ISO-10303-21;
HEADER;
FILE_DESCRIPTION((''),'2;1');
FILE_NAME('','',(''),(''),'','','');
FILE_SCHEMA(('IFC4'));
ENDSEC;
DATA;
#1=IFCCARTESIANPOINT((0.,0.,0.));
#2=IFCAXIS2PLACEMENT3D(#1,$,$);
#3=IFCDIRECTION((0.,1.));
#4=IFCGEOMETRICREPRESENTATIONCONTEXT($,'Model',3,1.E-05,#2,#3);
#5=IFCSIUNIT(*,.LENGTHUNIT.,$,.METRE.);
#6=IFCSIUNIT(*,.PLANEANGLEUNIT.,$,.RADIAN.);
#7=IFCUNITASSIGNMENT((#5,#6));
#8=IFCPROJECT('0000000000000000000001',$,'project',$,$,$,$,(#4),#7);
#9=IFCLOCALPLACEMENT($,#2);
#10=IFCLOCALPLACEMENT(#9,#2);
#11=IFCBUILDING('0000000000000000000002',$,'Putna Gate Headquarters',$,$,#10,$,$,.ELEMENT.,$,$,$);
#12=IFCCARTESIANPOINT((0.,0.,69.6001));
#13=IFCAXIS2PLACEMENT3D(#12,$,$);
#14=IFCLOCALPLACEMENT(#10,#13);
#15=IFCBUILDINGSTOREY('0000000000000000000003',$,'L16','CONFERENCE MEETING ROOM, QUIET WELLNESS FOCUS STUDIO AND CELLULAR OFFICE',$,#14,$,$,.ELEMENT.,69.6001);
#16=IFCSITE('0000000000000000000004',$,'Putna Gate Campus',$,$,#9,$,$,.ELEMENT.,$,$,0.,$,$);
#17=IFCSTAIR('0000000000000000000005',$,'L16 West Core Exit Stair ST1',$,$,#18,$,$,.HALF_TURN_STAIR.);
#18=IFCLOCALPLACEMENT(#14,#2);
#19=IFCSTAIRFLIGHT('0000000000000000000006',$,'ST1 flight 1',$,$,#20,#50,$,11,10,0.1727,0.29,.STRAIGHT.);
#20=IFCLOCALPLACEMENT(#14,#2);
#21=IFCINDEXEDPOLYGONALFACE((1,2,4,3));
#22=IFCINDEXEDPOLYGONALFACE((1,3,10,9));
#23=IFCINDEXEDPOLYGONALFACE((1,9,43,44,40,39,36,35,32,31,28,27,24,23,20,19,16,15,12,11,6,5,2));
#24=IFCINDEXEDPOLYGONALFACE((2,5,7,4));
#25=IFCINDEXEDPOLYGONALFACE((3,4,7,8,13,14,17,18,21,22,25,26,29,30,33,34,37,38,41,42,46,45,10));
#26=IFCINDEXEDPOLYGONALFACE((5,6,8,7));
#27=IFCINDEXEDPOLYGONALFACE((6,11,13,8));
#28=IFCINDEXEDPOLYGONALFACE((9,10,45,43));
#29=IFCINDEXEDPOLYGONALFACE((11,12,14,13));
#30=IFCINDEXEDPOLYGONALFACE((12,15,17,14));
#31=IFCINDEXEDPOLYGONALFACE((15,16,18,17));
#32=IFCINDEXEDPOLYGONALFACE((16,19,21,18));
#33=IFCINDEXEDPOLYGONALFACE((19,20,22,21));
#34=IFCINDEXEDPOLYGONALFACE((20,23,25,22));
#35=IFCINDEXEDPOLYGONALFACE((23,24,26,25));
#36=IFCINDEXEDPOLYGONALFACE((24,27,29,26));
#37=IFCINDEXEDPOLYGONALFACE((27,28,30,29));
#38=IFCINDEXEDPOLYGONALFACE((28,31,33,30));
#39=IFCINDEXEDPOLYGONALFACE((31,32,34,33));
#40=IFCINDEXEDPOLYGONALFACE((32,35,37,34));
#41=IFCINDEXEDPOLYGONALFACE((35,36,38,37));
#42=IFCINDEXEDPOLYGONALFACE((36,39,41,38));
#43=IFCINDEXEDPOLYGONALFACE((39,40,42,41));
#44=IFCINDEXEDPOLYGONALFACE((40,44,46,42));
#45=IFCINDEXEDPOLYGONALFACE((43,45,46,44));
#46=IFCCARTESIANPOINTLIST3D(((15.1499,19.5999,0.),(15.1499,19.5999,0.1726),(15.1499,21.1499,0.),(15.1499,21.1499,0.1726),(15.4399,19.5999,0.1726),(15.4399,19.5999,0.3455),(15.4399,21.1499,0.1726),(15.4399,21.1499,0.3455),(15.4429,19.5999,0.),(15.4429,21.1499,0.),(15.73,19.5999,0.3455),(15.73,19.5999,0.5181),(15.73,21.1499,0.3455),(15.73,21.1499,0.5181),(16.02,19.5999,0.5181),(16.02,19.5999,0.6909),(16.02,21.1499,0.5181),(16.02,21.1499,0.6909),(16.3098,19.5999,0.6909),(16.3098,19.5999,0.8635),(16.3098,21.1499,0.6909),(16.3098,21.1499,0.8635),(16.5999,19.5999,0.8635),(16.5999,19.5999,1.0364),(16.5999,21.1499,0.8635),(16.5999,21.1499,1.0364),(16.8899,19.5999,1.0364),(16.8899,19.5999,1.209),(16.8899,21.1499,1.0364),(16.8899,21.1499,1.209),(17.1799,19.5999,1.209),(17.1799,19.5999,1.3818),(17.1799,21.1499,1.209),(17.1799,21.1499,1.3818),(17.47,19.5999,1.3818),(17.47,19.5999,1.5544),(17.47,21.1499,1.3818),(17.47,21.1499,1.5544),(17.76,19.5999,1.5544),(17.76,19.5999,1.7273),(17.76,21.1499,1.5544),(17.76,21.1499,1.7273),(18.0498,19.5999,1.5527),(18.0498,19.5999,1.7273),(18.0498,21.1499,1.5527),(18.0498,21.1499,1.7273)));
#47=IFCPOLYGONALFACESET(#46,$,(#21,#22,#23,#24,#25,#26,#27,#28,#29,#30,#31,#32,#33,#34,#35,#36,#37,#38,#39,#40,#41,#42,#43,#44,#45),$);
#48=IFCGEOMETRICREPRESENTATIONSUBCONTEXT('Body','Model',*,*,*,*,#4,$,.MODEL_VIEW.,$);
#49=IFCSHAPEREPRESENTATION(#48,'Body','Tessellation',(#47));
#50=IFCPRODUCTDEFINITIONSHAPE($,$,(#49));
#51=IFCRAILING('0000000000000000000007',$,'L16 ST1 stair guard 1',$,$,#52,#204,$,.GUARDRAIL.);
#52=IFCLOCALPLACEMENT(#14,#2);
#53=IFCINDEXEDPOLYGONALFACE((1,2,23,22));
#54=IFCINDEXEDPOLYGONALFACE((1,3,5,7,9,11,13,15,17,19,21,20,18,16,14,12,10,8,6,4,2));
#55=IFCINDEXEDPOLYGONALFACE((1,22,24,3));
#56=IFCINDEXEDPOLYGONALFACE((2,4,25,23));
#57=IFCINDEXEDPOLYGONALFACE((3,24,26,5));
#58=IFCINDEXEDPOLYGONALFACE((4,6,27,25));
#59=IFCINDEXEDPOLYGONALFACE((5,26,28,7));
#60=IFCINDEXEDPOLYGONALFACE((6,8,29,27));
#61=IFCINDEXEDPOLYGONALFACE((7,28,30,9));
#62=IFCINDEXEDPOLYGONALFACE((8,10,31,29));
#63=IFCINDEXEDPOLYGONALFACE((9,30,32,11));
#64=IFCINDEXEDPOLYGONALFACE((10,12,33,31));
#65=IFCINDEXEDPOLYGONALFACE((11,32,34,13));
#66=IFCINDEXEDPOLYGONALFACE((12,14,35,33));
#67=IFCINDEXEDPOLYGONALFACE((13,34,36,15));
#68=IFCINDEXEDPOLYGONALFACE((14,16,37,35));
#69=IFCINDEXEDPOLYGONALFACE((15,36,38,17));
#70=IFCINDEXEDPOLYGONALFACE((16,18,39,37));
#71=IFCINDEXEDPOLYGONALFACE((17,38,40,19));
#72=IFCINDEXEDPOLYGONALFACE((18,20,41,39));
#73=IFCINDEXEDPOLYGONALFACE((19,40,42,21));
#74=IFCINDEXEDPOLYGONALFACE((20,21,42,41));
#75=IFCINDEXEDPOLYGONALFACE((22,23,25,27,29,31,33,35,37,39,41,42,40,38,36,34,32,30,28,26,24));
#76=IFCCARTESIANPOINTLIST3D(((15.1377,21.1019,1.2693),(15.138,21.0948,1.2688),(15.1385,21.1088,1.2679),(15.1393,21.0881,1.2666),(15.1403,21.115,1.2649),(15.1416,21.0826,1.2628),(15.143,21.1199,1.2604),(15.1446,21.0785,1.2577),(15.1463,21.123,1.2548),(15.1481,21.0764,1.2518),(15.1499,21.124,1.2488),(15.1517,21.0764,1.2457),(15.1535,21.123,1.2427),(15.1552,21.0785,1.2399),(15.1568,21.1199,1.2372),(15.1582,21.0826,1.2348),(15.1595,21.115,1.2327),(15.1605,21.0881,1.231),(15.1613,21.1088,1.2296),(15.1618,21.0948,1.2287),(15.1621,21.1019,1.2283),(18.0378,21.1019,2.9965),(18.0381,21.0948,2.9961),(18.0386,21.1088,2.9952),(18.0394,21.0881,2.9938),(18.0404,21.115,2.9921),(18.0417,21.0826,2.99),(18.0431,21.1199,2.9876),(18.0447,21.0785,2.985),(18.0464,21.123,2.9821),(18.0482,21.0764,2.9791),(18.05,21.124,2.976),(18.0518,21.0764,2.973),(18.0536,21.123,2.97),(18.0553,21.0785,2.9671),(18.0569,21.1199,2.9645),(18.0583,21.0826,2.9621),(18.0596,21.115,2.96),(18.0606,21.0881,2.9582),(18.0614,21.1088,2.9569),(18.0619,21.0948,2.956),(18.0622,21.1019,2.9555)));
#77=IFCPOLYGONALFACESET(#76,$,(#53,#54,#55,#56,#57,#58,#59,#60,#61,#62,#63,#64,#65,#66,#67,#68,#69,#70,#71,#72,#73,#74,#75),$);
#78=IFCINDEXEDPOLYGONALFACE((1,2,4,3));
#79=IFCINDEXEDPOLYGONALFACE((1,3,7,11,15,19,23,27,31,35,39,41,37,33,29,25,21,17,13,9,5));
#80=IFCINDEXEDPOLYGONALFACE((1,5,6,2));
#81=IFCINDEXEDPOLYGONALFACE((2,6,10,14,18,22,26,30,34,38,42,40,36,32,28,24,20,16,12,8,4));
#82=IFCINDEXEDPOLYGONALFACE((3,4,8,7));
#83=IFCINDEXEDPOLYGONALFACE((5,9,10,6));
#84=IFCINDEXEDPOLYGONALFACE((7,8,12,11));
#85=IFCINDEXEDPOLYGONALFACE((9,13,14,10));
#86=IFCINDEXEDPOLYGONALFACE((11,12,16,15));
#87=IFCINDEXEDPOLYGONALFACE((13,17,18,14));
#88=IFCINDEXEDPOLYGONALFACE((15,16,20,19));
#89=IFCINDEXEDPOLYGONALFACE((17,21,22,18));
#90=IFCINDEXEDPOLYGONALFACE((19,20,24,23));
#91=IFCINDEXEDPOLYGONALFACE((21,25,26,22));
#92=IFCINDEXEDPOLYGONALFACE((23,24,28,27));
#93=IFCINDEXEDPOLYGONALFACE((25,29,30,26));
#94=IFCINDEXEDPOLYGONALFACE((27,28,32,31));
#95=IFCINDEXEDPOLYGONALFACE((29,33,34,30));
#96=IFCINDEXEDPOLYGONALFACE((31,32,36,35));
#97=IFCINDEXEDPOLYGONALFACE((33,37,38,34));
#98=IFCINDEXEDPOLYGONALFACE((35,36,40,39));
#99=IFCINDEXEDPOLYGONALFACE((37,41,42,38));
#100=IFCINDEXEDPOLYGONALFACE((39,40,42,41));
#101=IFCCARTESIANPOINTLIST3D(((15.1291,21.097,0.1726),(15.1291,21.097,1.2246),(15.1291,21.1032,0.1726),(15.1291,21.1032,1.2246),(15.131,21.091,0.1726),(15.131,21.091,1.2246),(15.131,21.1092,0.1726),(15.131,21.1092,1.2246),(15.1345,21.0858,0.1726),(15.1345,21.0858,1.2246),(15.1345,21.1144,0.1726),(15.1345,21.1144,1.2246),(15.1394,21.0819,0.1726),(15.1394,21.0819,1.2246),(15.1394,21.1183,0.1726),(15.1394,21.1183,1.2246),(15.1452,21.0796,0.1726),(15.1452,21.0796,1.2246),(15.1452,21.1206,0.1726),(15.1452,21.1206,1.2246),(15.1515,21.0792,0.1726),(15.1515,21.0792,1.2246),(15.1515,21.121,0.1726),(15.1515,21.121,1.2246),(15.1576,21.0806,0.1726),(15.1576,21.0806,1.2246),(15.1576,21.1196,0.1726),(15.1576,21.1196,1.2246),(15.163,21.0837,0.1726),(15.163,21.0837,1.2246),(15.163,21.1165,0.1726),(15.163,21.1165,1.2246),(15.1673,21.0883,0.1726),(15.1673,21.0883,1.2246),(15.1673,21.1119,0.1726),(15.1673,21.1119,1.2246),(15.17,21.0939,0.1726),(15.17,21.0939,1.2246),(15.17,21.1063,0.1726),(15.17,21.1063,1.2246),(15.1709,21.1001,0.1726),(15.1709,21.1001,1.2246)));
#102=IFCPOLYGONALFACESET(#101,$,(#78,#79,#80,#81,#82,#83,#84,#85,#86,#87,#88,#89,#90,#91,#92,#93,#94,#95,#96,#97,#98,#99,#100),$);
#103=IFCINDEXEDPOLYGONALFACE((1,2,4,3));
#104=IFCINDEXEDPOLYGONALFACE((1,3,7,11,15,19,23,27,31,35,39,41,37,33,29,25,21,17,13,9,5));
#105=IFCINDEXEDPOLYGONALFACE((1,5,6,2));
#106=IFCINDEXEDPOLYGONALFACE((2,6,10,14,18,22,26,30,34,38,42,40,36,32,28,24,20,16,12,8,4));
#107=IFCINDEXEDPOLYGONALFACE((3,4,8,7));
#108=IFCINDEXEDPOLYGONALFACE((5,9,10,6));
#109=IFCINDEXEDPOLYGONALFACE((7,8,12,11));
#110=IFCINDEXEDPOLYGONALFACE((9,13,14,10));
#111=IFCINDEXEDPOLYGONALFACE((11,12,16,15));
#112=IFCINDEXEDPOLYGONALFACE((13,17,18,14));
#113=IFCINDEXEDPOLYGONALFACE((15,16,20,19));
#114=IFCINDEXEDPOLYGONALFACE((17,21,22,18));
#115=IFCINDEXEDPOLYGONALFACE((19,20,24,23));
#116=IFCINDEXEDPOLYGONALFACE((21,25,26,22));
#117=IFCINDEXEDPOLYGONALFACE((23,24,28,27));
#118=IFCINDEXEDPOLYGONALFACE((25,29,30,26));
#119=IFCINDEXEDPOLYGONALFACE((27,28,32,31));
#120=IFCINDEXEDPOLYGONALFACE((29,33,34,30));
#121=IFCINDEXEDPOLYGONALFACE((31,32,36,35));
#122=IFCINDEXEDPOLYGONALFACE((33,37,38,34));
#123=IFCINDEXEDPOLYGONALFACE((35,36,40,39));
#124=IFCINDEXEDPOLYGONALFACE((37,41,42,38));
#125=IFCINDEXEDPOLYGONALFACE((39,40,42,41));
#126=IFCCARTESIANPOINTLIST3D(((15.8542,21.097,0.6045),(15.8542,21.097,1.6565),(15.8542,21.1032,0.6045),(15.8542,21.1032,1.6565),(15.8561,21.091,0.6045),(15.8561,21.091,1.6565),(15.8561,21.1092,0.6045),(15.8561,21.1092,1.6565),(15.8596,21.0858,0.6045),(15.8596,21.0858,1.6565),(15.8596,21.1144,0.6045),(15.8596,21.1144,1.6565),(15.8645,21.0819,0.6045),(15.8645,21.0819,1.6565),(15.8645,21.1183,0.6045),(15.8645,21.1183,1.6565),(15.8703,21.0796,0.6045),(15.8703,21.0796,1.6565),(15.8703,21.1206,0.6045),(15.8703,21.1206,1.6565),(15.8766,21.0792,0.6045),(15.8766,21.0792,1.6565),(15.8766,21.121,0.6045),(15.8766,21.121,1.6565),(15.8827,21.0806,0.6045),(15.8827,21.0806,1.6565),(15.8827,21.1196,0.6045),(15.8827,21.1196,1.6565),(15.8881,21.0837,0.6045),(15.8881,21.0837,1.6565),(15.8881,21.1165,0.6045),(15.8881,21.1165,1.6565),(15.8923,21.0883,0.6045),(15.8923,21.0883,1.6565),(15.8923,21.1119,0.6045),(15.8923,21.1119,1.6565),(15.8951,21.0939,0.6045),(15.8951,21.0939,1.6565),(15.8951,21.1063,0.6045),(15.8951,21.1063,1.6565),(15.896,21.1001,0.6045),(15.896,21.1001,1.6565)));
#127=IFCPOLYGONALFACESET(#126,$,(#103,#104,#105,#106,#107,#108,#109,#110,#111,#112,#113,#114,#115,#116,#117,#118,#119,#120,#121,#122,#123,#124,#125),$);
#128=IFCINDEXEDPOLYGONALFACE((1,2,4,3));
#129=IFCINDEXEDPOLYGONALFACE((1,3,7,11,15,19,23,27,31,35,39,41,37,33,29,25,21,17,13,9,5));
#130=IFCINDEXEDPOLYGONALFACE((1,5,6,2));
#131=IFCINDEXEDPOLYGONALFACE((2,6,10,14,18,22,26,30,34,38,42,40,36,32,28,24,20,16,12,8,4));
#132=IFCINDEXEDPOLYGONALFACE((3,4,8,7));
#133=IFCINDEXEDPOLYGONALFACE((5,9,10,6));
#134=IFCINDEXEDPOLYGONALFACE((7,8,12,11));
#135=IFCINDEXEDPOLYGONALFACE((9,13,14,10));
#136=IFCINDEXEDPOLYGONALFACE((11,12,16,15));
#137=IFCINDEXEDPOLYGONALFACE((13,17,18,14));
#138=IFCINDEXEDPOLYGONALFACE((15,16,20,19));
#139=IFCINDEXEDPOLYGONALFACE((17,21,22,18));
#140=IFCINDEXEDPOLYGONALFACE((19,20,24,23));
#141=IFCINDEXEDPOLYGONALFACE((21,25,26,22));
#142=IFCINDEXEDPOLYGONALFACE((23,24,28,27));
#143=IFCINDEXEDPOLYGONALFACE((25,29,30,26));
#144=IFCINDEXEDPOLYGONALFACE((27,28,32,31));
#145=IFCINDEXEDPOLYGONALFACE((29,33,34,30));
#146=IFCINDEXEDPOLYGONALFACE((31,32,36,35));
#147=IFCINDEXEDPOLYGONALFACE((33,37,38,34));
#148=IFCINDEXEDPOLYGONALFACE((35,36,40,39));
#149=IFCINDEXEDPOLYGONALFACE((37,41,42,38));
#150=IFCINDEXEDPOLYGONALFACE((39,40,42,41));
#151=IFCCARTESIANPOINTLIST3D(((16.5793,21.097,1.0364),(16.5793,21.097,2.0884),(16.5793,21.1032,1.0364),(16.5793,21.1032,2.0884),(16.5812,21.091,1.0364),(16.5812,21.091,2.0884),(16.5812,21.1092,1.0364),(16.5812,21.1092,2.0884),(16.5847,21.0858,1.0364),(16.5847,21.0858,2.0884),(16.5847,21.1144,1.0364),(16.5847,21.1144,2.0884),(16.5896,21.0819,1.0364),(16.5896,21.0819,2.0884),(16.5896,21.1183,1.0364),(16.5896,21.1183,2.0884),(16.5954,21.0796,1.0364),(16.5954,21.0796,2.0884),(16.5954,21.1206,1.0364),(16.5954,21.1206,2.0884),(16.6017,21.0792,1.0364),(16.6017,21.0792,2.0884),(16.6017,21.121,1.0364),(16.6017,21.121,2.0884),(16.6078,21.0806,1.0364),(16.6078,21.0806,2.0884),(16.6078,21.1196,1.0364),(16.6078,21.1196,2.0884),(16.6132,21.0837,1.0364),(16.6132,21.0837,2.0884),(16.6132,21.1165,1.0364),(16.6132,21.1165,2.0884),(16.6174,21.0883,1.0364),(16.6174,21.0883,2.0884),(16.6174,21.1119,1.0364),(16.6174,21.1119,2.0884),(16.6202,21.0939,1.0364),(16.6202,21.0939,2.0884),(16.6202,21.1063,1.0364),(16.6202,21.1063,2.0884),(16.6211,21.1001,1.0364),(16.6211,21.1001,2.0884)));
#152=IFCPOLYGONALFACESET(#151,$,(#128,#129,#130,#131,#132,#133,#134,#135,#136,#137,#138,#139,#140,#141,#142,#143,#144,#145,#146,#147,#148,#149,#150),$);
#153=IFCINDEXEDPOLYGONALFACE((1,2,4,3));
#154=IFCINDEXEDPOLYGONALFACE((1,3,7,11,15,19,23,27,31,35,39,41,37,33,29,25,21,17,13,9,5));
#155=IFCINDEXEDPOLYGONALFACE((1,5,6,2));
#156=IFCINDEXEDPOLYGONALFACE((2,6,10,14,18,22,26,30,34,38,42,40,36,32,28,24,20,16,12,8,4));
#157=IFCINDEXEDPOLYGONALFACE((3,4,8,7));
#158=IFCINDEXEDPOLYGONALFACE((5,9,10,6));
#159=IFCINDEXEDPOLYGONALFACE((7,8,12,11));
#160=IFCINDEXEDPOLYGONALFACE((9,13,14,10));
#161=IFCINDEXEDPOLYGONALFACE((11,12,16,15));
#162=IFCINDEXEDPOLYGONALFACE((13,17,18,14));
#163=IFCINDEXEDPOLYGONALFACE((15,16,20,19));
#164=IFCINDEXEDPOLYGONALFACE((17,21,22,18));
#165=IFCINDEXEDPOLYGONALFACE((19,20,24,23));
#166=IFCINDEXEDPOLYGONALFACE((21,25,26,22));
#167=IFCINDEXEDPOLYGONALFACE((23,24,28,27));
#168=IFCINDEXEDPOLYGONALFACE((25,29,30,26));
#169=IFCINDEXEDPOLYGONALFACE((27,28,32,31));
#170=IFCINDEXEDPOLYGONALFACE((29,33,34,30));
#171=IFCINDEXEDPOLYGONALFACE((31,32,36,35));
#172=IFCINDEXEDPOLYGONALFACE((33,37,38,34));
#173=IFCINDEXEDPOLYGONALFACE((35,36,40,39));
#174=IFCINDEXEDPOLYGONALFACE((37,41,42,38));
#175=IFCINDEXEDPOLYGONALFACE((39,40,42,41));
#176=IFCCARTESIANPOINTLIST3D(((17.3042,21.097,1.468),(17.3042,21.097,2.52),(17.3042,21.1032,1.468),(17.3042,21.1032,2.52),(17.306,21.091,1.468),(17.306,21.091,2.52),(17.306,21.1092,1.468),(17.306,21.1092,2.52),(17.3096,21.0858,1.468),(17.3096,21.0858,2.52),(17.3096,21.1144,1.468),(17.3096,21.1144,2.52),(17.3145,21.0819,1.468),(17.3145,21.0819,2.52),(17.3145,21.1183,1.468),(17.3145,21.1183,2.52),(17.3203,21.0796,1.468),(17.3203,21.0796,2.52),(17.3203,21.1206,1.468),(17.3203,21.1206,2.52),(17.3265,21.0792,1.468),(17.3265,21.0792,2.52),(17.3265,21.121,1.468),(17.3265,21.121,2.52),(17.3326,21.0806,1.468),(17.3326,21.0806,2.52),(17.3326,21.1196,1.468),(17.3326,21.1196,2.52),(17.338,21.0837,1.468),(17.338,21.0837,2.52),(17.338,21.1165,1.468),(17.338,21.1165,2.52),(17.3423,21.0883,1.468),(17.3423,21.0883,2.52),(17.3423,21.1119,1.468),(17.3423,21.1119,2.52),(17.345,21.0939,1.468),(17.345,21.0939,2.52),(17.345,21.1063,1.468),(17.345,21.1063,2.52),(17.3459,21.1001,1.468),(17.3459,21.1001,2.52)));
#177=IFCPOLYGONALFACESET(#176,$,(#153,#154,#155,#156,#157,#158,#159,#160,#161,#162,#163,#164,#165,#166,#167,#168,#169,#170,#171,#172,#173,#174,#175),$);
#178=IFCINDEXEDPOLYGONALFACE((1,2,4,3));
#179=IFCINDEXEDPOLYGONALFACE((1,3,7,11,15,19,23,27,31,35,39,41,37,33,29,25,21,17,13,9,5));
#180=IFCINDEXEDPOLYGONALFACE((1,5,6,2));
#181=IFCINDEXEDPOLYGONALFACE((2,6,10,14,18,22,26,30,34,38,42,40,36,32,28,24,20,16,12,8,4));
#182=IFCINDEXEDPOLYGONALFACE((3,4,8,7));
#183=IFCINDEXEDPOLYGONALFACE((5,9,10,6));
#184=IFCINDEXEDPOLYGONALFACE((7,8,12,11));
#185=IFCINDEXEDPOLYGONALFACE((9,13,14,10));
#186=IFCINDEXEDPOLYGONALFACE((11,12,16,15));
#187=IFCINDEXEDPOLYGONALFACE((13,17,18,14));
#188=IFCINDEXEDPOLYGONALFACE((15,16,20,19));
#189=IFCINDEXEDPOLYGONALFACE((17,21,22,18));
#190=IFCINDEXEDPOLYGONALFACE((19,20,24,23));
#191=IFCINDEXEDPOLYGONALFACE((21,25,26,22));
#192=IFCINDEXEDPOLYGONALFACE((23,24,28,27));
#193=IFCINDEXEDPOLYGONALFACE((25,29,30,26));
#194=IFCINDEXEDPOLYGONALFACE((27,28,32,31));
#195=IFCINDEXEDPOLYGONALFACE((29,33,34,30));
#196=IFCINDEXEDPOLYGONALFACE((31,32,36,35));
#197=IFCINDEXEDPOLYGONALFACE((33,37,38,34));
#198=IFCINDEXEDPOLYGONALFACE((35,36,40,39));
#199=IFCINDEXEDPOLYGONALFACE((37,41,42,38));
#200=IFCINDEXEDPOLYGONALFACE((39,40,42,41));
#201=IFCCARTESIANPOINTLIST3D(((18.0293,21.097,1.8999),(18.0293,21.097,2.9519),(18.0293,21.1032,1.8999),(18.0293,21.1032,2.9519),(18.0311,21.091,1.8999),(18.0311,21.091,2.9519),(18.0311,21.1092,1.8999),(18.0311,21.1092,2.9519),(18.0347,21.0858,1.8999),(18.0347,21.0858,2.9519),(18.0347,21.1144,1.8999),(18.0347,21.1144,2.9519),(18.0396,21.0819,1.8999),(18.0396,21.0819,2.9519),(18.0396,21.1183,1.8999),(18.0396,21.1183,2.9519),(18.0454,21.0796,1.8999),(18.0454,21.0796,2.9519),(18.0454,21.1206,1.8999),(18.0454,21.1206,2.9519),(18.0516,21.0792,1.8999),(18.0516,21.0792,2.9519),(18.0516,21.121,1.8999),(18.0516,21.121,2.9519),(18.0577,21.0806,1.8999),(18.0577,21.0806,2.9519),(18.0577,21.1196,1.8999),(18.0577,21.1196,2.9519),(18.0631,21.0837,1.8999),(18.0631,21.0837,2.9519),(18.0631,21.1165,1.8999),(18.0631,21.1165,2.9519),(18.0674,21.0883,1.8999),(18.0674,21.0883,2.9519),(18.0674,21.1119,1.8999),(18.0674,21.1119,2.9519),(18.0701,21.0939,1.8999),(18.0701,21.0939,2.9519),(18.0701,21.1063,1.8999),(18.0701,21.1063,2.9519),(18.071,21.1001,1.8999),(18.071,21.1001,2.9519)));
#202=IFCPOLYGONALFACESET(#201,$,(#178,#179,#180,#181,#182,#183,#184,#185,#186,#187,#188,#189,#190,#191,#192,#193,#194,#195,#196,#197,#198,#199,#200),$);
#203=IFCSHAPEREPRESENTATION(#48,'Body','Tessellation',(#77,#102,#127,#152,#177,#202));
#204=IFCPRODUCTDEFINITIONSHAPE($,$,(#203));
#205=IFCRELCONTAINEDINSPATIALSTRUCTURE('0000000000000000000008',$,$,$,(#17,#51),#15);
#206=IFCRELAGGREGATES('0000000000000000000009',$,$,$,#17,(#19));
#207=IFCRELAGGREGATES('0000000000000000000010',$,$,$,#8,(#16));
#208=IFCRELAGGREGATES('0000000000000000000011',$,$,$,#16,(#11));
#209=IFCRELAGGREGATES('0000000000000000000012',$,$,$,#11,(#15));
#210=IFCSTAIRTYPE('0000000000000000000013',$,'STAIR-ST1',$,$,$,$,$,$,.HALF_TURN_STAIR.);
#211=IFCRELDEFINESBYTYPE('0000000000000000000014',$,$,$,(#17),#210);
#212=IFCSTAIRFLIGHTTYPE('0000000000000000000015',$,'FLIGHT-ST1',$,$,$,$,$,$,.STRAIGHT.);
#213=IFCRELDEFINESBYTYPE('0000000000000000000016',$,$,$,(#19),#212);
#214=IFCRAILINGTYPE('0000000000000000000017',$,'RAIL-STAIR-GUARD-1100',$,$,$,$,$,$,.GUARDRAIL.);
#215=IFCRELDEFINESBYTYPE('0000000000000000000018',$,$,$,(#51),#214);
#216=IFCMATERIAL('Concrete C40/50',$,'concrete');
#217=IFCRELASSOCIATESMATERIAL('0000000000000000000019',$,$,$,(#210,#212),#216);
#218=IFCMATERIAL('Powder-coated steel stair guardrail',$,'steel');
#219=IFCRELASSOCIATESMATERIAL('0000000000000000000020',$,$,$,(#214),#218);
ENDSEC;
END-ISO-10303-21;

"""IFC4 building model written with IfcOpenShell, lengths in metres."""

from ifc_helpers import new_model, si_unit, direction, frame, origin, origin_2d, place, context, subcontext, project, spatial, polyline, circle, outline, extrude, material, type_object, element, aggregate, save


model = new_model("IFC4")

# Units and contexts
model_context = context("Model", 3, precision=1e-05, world=origin(), true_north=direction((0.0, 1.0)))
body_context = subcontext(model_context, "Body", "Model", "MODEL_VIEW")
ifc_project = project(units=[si_unit("LENGTHUNIT", "METRE"), si_unit("PLANEANGLEUNIT", "RADIAN")], contexts=[model_context])

# Site, building, storey
site_placement = place(None, origin())
site = spatial("IfcSite", under=ifc_project, at=site_placement, Name="Putna Gate Campus", CompositionType="ELEMENT", RefElevation=0.0)
building_placement = place(site_placement, origin())
building = spatial("IfcBuilding", under=site, at=building_placement, Name="Putna Gate Headquarters", CompositionType="ELEMENT")
storey_placement = place(building_placement, frame((0.0, 0.0, 69.6001)))
storey = spatial("IfcBuildingStorey", under=building, at=storey_placement, Name="L16", Description="CONFERENCE MEETING ROOM, QUIET WELLNESS FOCUS STUDIO AND CELLULAR OFFICE", CompositionType="ELEMENT", Elevation=69.6001)

# Shared definitions
ifc_material_1 = material(Name="Concrete C40/50", Category="concrete")

# Stair, stair flight
stair_type = type_object("IfcStairType", Name="STAIR-ST1", PredefinedType="HALF_TURN_STAIR", material=ifc_material_1)
stair_placement = place(storey_placement, origin())
stair = element("IfcStair", 1, at=stair_placement, inside=storey, type_object=stair_type, Name="L16 West Core Exit Stair ST1", PredefinedType="HALF_TURN_STAIR")
stair_flight_type = type_object("IfcStairFlightType", Name="FLIGHT-ST1", PredefinedType="STRAIGHT", material=ifc_material_1)
stair_flight_placement = place(storey_placement, frame((15.1499, 20.375, 0.0), z_axis=(0.0, 0.0, 1.0), x_axis=(1.0, 0.0, 0.0)))
stair_flight = element("IfcStairFlight", 2, at=stair_flight_placement, type_object=stair_flight_type, Name="ST1 flight 1", NumberOfRisers=11, NumberOfTreads=10, PredefinedType="STRAIGHT", RiserHeight=0.1727, TreadLength=0.29, context=body_context, shape_type="SweptSolid", body=[
    extrude(outline(polyline([(0.0, 0.0), (0.0, 0.1726), (0.29, 0.1726), (0.29, 0.3455), (0.5801, 0.3455), (0.5801, 0.5181), (0.8701, 0.5181), (0.8701, 0.6909), (1.1599, 0.6909), (1.1599, 0.8635), (1.45, 0.8635), (1.45, 1.0364), (1.74, 1.0364), (1.74, 1.209), (2.03, 1.209), (2.03, 1.3818), (2.3201, 1.3818), (2.3201, 1.5544), (2.6101, 1.5544), (2.6101, 1.7273), (2.8999, 1.7273), (2.8999, 1.8999), (2.8999, 1.5527), (0.293, 0.0), (0.0, 0.0)])), frame((0.0, 0.7749, 0.0), z_axis=(0.0, -1.0, 0.0), x_axis=(1.0, 0.0, 0.0)), (0.0, 0.0, 1.0), 1.55),
])
aggregate(stair, [stair_flight])

# Railing
ifc_material_2 = material(Name="Powder-coated steel stair guardrail", Category="steel")
railing_type_1 = type_object("IfcRailingType", Name="RAIL-STAIR-GUARD-1100", PredefinedType="GUARDRAIL", material=ifc_material_2)
railing_1_placement = place(storey_placement, frame((15.1499, 21.1001, 0.1726)))
element("IfcRailing", 3, at=railing_1_placement, inside=storey, type_object=railing_type_1, Name="L16 ST1 stair guard 1", PredefinedType="GUARDRAIL", context=body_context, shape_type="SweptSolid", body=[
    extrude(circle(Radius=0.0239, at=origin_2d()), frame((0.0, 0.0, 1.0762), z_axis=(0.85916, 0.0, 0.511706), x_axis=(0.0, 1.0, 0.0)), (0.0, 0.0, 1.0), 3.3755),
    extrude(circle(Radius=0.021, at=origin_2d()), origin(), (0.0, 0.0, 1.0), 1.052),
    extrude(circle(Radius=0.021, at=origin_2d()), frame((0.7251, 0.0, 0.4319)), (0.0, 0.0, 1.0), 1.052),
    extrude(circle(Radius=0.021, at=origin_2d()), frame((1.4502, 0.0, 0.8638)), (0.0, 0.0, 1.0), 1.052),
    extrude(circle(Radius=0.021, at=origin_2d()), frame((2.175, 0.0, 1.2954)), (0.0, 0.0, 1.0), 1.052),
    extrude(circle(Radius=0.021, at=origin_2d()), frame((2.9001, 0.0, 1.7273)), (0.0, 0.0, 1.0), 1.052),
])

save(model, "model.ifc")
